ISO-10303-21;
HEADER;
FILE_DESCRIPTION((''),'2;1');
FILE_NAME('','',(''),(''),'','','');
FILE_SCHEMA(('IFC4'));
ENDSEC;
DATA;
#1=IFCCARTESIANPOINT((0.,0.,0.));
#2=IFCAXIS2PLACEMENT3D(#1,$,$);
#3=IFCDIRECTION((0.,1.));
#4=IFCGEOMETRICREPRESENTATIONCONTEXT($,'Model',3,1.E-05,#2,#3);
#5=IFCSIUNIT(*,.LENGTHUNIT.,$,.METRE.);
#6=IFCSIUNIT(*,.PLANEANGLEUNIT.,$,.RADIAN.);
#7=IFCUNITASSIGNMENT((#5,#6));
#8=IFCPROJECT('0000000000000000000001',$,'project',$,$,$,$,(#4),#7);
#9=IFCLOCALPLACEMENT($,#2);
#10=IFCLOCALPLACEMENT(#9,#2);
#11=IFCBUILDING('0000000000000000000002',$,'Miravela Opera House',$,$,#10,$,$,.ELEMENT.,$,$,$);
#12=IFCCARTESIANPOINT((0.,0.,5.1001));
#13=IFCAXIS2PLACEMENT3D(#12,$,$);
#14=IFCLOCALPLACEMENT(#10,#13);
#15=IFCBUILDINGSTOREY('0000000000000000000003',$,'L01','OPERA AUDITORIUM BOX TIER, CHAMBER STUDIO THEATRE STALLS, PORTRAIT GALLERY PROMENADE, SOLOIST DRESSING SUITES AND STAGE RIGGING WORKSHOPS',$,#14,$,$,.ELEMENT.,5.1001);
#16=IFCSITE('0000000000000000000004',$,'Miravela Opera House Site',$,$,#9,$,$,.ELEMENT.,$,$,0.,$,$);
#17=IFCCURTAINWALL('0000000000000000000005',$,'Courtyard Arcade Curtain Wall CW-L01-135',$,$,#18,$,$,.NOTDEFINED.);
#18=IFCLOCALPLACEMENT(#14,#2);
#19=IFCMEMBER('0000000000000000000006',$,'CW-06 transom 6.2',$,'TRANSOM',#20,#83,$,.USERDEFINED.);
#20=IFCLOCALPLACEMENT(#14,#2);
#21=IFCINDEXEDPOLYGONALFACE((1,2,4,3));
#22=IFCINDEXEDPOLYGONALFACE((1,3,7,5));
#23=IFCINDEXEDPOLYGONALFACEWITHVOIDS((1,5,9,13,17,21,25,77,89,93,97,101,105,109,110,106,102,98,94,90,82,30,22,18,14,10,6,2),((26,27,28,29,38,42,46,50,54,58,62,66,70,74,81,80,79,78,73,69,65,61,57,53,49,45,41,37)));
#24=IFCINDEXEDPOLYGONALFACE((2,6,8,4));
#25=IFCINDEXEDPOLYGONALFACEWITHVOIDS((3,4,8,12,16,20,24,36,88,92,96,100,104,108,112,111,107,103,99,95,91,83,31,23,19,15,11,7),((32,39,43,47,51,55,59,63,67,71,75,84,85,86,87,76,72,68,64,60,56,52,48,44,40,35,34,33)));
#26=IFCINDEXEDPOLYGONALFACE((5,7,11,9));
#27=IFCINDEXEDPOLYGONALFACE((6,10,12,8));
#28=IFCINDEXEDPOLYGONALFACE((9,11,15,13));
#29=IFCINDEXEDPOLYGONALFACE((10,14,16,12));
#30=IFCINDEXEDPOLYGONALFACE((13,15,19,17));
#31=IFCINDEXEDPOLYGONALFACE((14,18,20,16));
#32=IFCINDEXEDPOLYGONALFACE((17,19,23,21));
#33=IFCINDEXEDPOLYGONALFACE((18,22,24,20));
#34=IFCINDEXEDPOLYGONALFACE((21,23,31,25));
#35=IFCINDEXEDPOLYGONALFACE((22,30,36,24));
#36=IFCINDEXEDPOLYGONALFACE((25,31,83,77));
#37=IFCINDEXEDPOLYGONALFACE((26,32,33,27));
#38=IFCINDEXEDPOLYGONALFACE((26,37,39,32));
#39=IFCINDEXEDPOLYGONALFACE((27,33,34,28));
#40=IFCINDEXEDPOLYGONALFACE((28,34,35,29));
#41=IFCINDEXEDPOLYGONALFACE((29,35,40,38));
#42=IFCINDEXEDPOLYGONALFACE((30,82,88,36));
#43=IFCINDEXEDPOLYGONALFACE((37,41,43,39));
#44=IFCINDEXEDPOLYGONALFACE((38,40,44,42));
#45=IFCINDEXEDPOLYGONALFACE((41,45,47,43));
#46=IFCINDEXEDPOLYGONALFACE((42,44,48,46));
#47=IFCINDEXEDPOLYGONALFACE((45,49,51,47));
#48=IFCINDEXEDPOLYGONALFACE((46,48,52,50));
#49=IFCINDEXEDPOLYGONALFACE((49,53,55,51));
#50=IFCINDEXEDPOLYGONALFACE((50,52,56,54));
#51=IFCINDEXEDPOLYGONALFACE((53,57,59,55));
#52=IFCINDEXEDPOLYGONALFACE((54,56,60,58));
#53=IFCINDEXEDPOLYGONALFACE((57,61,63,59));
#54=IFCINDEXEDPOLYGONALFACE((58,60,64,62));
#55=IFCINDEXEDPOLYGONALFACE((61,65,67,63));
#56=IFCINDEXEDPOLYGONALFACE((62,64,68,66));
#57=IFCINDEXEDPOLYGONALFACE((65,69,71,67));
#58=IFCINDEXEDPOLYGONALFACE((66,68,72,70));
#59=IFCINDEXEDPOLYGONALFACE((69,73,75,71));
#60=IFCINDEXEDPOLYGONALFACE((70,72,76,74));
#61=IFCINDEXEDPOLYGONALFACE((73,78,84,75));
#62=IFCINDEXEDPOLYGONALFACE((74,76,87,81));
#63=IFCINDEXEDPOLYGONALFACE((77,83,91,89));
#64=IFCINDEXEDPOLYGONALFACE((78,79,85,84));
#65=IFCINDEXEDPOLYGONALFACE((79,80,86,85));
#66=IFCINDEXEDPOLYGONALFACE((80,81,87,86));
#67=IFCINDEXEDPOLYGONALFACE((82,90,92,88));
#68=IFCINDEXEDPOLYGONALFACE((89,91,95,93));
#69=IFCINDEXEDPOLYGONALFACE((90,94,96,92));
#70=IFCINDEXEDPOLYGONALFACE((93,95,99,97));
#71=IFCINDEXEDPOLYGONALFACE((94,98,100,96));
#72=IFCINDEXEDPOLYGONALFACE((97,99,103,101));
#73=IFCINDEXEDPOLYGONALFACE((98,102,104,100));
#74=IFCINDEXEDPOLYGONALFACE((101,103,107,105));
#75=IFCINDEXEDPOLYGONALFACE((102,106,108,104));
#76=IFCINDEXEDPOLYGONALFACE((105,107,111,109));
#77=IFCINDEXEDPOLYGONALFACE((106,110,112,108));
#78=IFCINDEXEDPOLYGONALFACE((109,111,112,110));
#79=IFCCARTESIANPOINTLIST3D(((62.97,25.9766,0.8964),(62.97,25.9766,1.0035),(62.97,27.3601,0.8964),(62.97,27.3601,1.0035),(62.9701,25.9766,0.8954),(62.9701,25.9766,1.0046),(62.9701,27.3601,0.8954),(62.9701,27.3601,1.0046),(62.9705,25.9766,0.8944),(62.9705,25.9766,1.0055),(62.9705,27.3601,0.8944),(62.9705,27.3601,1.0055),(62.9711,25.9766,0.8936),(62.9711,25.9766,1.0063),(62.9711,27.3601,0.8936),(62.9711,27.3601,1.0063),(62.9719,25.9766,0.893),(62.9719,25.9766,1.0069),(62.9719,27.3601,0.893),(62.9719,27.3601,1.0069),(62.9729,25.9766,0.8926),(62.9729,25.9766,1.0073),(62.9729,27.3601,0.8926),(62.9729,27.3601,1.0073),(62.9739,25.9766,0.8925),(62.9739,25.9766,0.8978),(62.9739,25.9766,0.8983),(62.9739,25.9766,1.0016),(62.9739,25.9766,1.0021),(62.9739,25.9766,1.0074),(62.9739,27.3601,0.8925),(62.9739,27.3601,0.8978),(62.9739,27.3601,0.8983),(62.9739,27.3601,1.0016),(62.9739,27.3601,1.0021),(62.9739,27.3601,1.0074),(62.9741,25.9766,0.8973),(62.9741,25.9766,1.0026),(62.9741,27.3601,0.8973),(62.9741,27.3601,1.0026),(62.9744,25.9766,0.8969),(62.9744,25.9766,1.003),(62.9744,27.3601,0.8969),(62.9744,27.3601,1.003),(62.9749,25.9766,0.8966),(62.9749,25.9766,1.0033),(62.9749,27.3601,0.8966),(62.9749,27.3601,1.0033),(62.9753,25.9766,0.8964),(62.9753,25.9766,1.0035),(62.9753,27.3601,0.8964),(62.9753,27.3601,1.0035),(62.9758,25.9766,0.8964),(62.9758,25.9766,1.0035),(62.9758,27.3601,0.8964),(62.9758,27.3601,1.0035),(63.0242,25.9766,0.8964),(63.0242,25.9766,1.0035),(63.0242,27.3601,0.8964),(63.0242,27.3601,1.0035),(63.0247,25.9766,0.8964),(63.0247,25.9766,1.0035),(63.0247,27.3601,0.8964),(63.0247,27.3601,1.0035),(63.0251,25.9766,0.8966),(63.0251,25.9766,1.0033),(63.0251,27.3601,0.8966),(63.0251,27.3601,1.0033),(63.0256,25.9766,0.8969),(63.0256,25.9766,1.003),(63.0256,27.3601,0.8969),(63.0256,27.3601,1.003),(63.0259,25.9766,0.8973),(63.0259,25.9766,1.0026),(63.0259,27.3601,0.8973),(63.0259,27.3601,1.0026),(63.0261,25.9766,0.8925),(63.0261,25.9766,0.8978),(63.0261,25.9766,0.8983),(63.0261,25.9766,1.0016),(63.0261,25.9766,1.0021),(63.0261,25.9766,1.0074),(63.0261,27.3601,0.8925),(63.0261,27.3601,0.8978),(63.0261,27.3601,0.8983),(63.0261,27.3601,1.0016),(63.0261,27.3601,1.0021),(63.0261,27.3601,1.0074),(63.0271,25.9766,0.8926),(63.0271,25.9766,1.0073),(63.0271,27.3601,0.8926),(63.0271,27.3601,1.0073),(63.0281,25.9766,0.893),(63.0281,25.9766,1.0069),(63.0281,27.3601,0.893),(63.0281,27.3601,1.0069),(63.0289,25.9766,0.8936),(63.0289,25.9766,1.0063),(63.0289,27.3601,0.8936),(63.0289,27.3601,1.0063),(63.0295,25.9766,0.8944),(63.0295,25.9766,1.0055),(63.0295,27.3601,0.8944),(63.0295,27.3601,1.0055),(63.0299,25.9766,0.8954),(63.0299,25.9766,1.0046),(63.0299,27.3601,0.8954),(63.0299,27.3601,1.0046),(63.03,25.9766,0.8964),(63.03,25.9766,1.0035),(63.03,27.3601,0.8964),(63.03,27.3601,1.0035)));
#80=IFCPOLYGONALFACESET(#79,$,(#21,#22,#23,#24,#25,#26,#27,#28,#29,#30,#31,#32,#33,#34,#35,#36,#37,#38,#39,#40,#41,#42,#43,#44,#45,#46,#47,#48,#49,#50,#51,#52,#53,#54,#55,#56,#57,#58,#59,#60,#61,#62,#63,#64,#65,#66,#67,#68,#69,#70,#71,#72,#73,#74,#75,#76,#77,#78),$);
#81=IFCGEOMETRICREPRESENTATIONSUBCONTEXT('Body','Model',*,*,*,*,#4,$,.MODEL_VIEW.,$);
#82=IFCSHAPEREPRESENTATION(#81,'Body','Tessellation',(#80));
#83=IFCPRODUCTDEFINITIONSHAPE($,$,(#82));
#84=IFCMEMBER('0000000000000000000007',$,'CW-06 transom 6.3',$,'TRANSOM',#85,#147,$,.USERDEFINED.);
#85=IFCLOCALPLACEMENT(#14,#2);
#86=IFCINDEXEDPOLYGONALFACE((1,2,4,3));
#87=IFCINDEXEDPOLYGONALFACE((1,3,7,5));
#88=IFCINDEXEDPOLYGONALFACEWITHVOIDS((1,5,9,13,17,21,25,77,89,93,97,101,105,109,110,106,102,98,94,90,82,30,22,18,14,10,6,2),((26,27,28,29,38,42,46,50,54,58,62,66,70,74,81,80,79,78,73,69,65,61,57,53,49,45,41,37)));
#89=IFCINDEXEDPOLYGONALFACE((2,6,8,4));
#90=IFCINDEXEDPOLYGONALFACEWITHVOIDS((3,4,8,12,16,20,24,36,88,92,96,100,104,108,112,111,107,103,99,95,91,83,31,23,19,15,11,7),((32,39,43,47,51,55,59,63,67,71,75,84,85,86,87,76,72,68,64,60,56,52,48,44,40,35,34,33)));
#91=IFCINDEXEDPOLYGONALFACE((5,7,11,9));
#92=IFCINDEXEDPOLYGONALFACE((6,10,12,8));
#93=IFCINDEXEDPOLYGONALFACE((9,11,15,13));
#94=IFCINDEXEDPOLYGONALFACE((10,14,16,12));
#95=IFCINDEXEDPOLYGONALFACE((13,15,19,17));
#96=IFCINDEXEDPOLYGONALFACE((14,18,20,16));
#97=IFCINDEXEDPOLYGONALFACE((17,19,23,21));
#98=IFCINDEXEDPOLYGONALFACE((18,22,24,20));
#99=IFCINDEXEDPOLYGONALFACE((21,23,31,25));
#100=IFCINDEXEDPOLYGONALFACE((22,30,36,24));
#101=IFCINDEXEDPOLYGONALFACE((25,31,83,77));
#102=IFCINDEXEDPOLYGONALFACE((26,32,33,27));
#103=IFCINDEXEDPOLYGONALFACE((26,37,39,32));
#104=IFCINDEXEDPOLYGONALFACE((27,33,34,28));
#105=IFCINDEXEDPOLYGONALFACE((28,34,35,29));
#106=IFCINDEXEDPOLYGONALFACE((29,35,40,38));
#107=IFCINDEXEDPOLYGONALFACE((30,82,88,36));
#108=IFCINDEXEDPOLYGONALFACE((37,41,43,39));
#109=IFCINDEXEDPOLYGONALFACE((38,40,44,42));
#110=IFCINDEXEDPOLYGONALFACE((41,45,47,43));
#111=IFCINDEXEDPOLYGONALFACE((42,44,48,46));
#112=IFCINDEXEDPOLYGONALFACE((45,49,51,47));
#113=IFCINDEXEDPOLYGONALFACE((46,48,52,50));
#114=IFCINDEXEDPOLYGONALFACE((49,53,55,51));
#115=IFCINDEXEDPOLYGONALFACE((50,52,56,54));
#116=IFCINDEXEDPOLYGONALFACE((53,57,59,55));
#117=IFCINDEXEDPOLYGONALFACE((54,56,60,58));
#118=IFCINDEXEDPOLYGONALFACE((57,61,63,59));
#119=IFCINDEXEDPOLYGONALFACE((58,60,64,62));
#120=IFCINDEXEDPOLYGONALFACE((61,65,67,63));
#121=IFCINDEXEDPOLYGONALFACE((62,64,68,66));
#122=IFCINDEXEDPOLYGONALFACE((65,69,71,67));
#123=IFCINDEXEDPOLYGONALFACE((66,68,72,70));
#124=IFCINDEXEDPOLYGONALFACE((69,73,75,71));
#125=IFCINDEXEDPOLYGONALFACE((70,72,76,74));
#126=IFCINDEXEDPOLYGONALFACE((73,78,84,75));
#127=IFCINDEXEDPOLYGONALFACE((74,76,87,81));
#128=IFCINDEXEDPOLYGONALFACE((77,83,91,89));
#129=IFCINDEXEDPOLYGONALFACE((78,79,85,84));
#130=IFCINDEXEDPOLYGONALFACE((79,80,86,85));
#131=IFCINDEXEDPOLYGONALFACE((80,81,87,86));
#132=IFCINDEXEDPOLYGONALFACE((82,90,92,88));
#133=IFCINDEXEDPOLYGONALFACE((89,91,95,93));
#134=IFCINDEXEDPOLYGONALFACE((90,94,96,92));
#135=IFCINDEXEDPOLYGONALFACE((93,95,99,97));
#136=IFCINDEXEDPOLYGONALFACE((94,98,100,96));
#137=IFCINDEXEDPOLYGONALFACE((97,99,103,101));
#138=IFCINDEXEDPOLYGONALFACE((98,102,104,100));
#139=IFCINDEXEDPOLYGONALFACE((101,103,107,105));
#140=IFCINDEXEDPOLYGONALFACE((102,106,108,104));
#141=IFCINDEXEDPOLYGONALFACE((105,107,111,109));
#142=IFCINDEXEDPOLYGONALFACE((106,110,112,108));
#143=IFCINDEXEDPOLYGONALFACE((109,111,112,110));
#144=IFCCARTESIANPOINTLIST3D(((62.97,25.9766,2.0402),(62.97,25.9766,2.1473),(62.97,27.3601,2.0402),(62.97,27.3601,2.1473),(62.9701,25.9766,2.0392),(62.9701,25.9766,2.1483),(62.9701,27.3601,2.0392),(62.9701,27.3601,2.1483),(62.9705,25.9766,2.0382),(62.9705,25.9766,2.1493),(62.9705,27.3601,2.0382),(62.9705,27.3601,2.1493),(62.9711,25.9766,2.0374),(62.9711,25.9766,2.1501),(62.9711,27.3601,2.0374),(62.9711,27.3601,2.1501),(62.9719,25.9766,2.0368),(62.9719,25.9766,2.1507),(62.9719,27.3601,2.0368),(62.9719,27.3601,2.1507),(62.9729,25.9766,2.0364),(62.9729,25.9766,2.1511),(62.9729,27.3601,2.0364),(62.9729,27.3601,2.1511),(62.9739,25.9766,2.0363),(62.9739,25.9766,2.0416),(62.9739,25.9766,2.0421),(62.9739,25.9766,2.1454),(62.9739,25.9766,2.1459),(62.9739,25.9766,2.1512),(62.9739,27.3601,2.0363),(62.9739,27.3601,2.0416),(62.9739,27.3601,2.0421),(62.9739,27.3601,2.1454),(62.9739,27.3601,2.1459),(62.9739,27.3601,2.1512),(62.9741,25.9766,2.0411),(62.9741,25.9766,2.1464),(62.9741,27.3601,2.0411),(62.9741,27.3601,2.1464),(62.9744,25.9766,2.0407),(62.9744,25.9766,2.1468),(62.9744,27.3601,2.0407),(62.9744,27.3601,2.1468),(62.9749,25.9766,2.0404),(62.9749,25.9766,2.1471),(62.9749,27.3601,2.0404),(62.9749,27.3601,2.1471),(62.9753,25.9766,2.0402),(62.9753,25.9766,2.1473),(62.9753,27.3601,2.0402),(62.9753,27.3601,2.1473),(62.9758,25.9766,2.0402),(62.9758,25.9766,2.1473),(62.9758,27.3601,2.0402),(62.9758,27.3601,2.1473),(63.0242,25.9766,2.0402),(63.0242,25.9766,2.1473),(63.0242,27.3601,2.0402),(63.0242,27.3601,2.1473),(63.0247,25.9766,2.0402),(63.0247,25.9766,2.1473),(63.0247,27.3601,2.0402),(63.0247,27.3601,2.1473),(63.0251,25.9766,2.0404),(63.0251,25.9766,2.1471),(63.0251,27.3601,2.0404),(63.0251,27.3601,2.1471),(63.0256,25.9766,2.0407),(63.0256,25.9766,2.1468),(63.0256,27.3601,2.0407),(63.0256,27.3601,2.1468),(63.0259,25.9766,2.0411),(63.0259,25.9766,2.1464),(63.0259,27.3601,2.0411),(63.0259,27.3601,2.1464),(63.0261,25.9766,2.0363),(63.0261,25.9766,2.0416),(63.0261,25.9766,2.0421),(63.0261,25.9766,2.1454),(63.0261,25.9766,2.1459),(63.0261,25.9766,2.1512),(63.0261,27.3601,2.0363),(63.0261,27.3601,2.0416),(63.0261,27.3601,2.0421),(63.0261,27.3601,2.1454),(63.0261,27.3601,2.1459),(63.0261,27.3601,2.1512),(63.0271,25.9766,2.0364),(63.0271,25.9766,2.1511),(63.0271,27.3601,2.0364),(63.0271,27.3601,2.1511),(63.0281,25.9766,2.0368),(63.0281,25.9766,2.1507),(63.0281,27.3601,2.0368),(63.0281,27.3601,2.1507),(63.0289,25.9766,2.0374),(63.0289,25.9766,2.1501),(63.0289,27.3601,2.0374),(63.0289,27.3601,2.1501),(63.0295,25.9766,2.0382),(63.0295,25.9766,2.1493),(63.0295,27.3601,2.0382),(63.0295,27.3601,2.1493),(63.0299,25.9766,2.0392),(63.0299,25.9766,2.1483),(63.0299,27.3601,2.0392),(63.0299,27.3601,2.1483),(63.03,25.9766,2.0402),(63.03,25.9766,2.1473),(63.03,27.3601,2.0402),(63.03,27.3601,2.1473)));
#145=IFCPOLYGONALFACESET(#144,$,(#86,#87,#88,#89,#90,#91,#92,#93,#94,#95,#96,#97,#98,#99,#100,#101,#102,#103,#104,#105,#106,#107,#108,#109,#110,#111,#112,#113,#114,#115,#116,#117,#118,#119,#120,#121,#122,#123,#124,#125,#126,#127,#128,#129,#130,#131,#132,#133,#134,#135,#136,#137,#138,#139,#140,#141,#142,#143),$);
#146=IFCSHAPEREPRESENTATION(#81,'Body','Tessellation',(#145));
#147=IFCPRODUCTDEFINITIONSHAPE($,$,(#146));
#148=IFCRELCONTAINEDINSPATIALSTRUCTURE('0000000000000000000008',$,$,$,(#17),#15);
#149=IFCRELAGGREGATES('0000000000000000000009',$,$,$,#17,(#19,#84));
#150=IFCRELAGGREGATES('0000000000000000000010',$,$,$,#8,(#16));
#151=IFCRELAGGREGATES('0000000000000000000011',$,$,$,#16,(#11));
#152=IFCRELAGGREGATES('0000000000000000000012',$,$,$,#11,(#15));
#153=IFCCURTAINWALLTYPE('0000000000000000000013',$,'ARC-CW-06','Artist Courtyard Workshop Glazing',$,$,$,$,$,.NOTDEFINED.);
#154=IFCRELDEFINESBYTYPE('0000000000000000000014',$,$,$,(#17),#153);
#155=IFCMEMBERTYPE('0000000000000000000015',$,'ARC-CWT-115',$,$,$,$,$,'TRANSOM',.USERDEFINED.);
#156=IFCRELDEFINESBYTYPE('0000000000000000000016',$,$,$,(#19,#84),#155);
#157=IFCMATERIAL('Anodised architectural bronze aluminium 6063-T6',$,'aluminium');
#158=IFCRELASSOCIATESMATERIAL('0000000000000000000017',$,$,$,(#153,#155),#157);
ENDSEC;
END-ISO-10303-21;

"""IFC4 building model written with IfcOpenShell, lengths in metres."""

from ifc_helpers import new_model, si_unit, direction, frame, origin, origin_2d, place, context, subcontext, project, spatial, hollow_rectangle, extrude, material, material_profile, profile_set, type_object, element, aggregate, save


model = new_model("IFC4")

# Units and contexts
model_context = context("Model", 3, precision=1e-05, world=origin(), true_north=direction((0.0, 1.0)))
body_context = subcontext(model_context, "Body", "Model", "MODEL_VIEW")
ifc_project = project(units=[si_unit("LENGTHUNIT", "METRE"), si_unit("PLANEANGLEUNIT", "RADIAN")], contexts=[model_context])

# Site, building, storey
site_placement = place(None, origin())
site = spatial("IfcSite", under=ifc_project, at=site_placement, Name="Miravela Opera House Site", CompositionType="ELEMENT", RefElevation=0.0)
building_placement = place(site_placement, origin())
building = spatial("IfcBuilding", under=site, at=building_placement, Name="Miravela Opera House", CompositionType="ELEMENT")
storey_placement = place(building_placement, frame((0.0, 0.0, 5.1001)))
storey = spatial("IfcBuildingStorey", under=building, at=storey_placement, Name="L01", Description="OPERA AUDITORIUM BOX TIER, CHAMBER STUDIO THEATRE STALLS, PORTRAIT GALLERY PROMENADE, SOLOIST DRESSING SUITES AND STAGE RIGGING WORKSHOPS", CompositionType="ELEMENT", Elevation=5.1001)

# Shared definitions
ifc_material_1 = material(Name="Anodised architectural bronze aluminium 6063-T6", Category="aluminium")
curtain_wall_type = type_object("IfcCurtainWallType", Name="ARC-CW-06", Description="Artist Courtyard Workshop Glazing", PredefinedType="NOTDEFINED", material=ifc_material_1)

# Curtain wall
curtain_wall_1_placement = place(storey_placement, origin())
curtain_wall_1 = element("IfcCurtainWall", 1, at=curtain_wall_1_placement, inside=storey, type_object=curtain_wall_type, Name="Courtyard Arcade Curtain Wall CW-L01-135", PredefinedType="NOTDEFINED")

# Members
ifc_material_profile_1 = material_profile(ifc_material_1, hollow_rectangle(XDim=0.0601, YDim=0.115, WallThickness=0.0039, InnerFilletRadius=0.002, OuterFilletRadius=0.0039, at=origin_2d()), Name="CWT-60X115")
ifc_profile_set_1 = profile_set([ifc_material_profile_1])
member_type_1 = type_object("IfcMemberType", Name="ARC-CWT-115", ElementType="TRANSOM", PredefinedType="USERDEFINED", material=ifc_profile_set_1)
member_1_placement = place(storey_placement, frame((63.0, 25.9766, 0.95), z_axis=(0.0, 1.0, 0.0), x_axis=(-1.0, 0.0, 0.0)))
member_1 = element("IfcMember", 2, at=member_1_placement, type_object=member_type_1, Name="CW-06 transom 6.2", ObjectType="TRANSOM", PredefinedType="USERDEFINED", context=body_context, shape_type="SweptSolid", body=[
    extrude(hollow_rectangle(XDim=0.0601, YDim=0.115, WallThickness=0.0039, InnerFilletRadius=0.002, OuterFilletRadius=0.0039, at=origin_2d()), origin(), (0.0, 0.0, 1.0), 1.3835),
])
member_2_placement = place(storey_placement, frame((63.0, 25.9766, 2.0938), z_axis=(0.0, 1.0, 0.0), x_axis=(-1.0, 0.0, 0.0)))
member_2 = element("IfcMember", 3, at=member_2_placement, type_object=member_type_1, Name="CW-06 transom 6.3", ObjectType="TRANSOM", PredefinedType="USERDEFINED", context=body_context, shape_type="SweptSolid", body=[
    extrude(hollow_rectangle(XDim=0.0601, YDim=0.115, WallThickness=0.0039, InnerFilletRadius=0.002, OuterFilletRadius=0.0039, at=origin_2d()), origin(), (0.0, 0.0, 1.0), 1.3835),
])

aggregate(curtain_wall_1, [member_1, member_2])

save(model, "model.ifc")
